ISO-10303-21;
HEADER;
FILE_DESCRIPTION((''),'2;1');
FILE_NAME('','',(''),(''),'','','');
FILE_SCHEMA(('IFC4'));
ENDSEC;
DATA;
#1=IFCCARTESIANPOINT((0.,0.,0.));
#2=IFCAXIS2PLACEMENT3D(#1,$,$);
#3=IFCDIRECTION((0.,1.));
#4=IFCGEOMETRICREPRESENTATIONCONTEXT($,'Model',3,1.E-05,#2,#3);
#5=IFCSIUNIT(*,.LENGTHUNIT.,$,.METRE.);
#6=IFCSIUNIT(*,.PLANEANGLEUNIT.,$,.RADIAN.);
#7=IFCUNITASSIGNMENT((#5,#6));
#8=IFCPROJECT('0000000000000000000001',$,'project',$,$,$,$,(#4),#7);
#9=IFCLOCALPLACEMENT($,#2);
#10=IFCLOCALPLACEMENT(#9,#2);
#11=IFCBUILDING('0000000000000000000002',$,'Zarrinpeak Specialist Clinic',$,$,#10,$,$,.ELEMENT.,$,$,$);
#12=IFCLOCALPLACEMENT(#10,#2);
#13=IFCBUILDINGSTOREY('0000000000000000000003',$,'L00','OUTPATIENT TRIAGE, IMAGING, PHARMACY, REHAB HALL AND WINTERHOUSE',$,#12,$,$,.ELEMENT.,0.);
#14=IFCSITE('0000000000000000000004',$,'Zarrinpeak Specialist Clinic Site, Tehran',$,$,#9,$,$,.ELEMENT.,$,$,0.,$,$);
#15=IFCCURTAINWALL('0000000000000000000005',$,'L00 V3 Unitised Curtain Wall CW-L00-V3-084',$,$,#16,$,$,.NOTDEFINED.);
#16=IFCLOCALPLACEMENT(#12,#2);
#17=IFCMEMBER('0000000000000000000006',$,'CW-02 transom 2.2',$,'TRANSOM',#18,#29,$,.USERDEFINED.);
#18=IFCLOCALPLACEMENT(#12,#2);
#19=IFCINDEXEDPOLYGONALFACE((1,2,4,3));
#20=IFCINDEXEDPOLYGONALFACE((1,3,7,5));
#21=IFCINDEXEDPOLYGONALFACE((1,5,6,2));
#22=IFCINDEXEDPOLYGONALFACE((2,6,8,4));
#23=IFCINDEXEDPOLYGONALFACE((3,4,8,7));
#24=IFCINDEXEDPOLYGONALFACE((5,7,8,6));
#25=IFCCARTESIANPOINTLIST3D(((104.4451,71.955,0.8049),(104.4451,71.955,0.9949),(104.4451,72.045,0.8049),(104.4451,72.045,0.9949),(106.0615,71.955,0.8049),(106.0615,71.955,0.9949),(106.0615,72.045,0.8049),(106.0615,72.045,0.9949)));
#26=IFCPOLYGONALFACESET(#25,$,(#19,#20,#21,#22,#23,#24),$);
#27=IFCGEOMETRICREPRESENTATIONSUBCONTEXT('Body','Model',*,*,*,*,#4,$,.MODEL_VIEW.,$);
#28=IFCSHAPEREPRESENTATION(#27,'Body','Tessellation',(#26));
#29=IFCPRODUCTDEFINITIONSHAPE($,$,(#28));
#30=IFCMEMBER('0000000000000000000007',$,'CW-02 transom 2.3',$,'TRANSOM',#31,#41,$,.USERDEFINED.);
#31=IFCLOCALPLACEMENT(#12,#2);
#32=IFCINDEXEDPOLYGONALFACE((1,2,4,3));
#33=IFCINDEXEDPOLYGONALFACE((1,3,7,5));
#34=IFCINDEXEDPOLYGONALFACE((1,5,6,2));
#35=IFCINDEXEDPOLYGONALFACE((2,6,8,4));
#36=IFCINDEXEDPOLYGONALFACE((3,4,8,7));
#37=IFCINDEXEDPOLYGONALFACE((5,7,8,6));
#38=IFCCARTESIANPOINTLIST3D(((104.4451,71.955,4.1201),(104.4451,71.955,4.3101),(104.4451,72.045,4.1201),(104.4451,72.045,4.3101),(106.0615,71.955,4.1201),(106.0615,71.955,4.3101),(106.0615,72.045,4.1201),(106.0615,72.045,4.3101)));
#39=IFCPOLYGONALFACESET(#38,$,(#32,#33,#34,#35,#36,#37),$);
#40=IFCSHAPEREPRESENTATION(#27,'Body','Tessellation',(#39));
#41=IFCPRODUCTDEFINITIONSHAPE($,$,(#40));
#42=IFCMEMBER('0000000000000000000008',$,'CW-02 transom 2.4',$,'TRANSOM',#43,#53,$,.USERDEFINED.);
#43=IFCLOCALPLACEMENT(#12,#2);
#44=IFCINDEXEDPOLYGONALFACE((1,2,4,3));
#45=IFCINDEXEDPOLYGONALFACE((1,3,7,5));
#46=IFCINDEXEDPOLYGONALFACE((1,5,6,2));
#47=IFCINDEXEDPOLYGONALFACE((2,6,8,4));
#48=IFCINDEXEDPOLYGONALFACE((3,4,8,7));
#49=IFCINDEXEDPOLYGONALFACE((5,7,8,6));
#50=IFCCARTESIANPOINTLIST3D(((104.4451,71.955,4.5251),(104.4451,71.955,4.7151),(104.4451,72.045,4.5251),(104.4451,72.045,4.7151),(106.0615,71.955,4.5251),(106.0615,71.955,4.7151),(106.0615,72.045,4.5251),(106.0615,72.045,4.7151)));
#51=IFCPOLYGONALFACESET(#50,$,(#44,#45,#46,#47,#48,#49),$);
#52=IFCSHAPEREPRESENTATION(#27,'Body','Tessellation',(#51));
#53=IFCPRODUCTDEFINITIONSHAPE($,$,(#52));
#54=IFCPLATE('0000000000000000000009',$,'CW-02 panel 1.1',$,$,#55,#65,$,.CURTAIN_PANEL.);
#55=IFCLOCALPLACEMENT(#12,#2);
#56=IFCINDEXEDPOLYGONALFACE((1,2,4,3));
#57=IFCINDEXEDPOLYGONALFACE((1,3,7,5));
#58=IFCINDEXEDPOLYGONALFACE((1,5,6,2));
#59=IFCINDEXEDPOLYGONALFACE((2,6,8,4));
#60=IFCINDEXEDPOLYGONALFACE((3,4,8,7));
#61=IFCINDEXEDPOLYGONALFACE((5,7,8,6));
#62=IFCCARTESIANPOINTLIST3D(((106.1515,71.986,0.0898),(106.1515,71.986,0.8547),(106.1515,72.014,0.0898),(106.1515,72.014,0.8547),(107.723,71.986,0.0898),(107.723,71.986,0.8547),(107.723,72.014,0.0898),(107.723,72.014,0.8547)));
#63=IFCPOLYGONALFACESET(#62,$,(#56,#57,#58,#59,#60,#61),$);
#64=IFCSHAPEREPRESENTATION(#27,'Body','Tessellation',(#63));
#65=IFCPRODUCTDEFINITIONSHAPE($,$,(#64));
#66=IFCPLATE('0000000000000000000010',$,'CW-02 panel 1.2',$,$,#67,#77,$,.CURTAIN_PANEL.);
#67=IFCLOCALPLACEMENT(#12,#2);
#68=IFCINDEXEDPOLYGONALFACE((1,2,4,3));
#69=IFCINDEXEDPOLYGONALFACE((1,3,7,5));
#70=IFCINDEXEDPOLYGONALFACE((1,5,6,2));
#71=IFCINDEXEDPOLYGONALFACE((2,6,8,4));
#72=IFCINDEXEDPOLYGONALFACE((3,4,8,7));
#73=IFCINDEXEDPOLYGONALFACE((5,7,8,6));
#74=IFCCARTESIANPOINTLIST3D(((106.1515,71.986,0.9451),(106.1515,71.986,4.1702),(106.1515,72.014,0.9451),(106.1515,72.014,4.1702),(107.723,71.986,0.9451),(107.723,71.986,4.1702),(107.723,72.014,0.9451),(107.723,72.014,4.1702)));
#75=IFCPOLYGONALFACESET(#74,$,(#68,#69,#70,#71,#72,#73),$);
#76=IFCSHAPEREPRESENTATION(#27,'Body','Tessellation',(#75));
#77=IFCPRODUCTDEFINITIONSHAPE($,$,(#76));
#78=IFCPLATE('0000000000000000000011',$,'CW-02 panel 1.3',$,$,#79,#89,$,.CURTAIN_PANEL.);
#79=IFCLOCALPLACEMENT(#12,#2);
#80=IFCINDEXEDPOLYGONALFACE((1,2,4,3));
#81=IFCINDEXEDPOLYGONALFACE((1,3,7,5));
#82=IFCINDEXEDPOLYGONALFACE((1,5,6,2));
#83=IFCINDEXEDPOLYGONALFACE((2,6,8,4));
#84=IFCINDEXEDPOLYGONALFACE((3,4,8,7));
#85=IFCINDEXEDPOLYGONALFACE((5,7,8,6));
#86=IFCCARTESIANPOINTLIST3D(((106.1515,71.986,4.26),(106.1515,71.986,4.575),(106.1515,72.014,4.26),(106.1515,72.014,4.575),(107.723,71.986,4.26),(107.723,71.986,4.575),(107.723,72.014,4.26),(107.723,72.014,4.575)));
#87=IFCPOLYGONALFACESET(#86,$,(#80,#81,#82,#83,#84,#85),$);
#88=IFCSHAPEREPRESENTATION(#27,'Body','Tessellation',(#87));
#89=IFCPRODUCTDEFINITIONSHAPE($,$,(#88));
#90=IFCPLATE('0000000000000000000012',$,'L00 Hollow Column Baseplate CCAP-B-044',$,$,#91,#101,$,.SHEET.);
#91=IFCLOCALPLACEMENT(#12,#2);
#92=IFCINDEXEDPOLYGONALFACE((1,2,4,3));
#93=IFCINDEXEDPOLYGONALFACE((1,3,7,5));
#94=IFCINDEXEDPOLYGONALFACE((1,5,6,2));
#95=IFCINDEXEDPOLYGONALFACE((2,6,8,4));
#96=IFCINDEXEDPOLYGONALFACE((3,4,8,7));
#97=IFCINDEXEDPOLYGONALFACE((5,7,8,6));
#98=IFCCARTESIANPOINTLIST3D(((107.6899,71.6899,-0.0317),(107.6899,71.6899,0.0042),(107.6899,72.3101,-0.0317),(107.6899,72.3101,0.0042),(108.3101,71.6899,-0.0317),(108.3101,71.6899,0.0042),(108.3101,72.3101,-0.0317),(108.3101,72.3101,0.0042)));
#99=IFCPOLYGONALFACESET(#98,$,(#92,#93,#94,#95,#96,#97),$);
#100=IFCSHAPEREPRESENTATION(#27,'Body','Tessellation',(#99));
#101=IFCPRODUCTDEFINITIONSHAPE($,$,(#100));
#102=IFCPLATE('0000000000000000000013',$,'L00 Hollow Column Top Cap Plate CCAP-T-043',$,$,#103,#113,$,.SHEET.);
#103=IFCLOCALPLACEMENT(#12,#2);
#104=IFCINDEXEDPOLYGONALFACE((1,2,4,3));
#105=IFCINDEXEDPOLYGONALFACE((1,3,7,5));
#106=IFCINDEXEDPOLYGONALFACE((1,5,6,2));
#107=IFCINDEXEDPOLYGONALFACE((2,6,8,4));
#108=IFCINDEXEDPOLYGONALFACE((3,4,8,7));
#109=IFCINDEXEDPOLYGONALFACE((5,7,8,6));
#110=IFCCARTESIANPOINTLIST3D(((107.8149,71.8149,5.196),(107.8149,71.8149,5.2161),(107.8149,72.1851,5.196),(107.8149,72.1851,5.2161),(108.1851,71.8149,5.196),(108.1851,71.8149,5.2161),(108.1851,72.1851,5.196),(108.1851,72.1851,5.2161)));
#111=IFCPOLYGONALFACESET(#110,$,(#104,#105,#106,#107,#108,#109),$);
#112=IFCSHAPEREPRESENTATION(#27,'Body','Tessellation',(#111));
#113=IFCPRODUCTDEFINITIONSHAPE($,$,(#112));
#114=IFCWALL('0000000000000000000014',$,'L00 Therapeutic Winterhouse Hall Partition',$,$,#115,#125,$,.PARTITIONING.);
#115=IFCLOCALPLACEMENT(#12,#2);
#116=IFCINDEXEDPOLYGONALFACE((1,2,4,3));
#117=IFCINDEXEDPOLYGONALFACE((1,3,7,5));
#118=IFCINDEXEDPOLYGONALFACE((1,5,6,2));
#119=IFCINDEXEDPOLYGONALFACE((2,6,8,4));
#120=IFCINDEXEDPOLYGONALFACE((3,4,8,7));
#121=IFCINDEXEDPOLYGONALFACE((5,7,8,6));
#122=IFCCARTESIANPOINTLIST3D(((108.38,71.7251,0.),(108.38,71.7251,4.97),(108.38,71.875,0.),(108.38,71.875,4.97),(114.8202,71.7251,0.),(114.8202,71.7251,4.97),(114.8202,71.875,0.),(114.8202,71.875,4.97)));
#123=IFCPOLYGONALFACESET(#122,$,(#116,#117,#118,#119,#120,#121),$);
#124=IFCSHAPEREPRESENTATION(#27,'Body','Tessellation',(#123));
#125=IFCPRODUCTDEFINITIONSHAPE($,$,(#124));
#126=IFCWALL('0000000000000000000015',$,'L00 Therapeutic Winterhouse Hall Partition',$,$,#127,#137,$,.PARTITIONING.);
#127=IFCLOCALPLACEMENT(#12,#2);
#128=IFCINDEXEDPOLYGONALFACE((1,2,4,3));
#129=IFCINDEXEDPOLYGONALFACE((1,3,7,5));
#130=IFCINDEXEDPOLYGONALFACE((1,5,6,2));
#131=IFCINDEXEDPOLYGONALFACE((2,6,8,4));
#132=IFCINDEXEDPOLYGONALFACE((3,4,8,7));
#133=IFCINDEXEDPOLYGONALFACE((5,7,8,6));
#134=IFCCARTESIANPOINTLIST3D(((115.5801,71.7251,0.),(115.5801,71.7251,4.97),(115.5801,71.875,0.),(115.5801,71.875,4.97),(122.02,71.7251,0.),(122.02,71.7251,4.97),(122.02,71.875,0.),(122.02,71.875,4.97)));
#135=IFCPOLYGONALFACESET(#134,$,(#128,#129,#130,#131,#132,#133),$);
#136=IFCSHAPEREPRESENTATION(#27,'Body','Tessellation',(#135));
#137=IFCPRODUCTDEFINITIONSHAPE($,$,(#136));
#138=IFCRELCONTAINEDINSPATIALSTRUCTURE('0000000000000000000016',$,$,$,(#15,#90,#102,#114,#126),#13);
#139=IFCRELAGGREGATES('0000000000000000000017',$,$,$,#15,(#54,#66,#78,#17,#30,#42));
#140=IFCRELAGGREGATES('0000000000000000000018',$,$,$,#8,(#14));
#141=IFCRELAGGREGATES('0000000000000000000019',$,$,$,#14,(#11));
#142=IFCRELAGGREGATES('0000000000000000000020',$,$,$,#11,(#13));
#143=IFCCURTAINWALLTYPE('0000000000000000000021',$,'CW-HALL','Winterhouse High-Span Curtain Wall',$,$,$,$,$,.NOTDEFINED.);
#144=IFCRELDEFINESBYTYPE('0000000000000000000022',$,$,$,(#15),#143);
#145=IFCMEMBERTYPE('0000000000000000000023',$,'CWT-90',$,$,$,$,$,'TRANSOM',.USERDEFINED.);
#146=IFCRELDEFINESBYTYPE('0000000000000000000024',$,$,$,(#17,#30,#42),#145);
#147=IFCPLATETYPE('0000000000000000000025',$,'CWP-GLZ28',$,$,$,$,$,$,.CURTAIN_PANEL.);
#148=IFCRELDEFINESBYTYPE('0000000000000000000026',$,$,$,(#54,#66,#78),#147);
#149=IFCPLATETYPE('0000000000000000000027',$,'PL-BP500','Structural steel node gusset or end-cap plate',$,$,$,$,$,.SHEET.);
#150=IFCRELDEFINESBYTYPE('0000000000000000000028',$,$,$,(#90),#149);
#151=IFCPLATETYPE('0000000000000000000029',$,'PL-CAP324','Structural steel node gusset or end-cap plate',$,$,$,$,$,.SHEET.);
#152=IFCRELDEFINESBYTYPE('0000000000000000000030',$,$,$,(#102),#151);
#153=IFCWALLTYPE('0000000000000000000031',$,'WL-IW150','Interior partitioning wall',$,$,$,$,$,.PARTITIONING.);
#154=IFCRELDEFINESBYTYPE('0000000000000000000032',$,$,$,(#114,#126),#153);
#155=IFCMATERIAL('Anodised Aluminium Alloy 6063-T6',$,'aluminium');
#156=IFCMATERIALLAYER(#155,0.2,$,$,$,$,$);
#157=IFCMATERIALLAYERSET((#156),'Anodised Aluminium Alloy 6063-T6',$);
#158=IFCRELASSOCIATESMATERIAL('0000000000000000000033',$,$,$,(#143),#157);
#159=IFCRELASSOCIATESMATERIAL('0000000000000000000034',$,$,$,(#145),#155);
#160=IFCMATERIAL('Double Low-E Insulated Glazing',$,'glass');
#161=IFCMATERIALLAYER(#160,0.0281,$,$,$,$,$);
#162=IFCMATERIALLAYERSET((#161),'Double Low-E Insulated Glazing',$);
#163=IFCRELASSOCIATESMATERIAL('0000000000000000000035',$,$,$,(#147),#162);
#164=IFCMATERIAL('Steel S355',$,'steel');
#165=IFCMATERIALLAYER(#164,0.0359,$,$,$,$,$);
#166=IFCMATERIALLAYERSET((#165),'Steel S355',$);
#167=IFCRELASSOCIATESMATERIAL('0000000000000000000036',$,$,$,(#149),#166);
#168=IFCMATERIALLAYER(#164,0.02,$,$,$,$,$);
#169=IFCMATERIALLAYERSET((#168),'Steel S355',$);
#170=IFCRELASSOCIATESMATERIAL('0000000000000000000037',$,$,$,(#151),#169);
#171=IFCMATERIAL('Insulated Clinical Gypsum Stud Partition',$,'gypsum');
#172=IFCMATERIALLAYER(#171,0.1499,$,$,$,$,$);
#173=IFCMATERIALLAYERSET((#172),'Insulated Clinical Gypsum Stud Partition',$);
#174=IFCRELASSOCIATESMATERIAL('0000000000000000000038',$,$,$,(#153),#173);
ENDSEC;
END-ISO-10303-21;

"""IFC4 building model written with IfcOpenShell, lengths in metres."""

from ifc_helpers import new_model, si_unit, direction, frame, frame_2d, origin, origin_2d, place, context, subcontext, project, spatial, rectangle, extrude, material, layer, layer_set, material_profile, profile_set, type_object, element, aggregate, save


model = new_model("IFC4")

# Units and contexts
model_context = context("Model", 3, precision=1e-05, world=origin(), true_north=direction((0.0, 1.0)))
body_context = subcontext(model_context, "Body", "Model", "MODEL_VIEW")
ifc_project = project(units=[si_unit("LENGTHUNIT", "METRE"), si_unit("PLANEANGLEUNIT", "RADIAN")], contexts=[model_context])

# Site, building, storey
site_placement = place(None, origin())
site = spatial("IfcSite", under=ifc_project, at=site_placement, Name="Zarrinpeak Specialist Clinic Site, Tehran", CompositionType="ELEMENT", RefElevation=0.0)
building_placement = place(site_placement, origin())
building = spatial("IfcBuilding", under=site, at=building_placement, Name="Zarrinpeak Specialist Clinic", CompositionType="ELEMENT")
storey_placement = place(building_placement, origin())
storey = spatial("IfcBuildingStorey", under=building, at=storey_placement, Name="L00", Description="OUTPATIENT TRIAGE, IMAGING, PHARMACY, REHAB HALL AND WINTERHOUSE", CompositionType="ELEMENT", Elevation=0.0)

# Shared definitions
ifc_material_1 = material(Name="Steel S355", Category="steel")

# Curtain wall
ifc_material_2 = material(Name="Anodised Aluminium Alloy 6063-T6", Category="aluminium")
ifc_layer_1 = layer(ifc_material_2, 0.2)
ifc_layer_set_1 = layer_set([ifc_layer_1], Name="Anodised Aluminium Alloy 6063-T6")
curtain_wall_type = type_object("IfcCurtainWallType", Name="CW-HALL", Description="Winterhouse High-Span Curtain Wall", PredefinedType="NOTDEFINED", material=ifc_layer_set_1)
curtain_wall_1_placement = place(storey_placement, origin())
curtain_wall_1 = element("IfcCurtainWall", 1, at=curtain_wall_1_placement, inside=storey, type_object=curtain_wall_type, Name="L00 V3 Unitised Curtain Wall CW-L00-V3-084", PredefinedType="NOTDEFINED")

# Members
ifc_material_profile_1 = material_profile(ifc_material_2, rectangle(XDim=0.0901, YDim=0.1899, at=origin_2d()), Name="ALU 90x190")
ifc_profile_set_1 = profile_set([ifc_material_profile_1], Name="Anodised Aluminium Alloy 6063-T6")
member_type_1 = type_object("IfcMemberType", Name="CWT-90", ElementType="TRANSOM", PredefinedType="USERDEFINED", material=ifc_profile_set_1)
member_1_placement = place(storey_placement, frame((106.0615, 72.0, 0.8999), z_axis=(-1.0, 0.0, 0.0), x_axis=(0.0, -1.0, 0.0)))
member_1 = element("IfcMember", 2, at=member_1_placement, type_object=member_type_1, Name="CW-02 transom 2.2", ObjectType="TRANSOM", PredefinedType="USERDEFINED", context=body_context, shape_type="SweptSolid", body=[
    extrude(rectangle(XDim=0.0901, YDim=0.1899, at=origin_2d()), origin(), (0.0, 0.0, 1.0), 1.6165),
])
member_2_placement = place(storey_placement, frame((106.0615, 72.0, 4.2151), z_axis=(-1.0, 0.0, 0.0), x_axis=(0.0, -1.0, 0.0)))
member_2 = element("IfcMember", 3, at=member_2_placement, type_object=member_type_1, Name="CW-02 transom 2.3", ObjectType="TRANSOM", PredefinedType="USERDEFINED", context=body_context, shape_type="SweptSolid", body=[
    extrude(rectangle(XDim=0.0901, YDim=0.1899, at=origin_2d()), origin(), (0.0, 0.0, 1.0), 1.6165),
])
member_3_placement = place(storey_placement, frame((106.0615, 72.0, 4.6201), z_axis=(-1.0, 0.0, 0.0), x_axis=(0.0, -1.0, 0.0)))
member_3 = element("IfcMember", 4, at=member_3_placement, type_object=member_type_1, Name="CW-02 transom 2.4", ObjectType="TRANSOM", PredefinedType="USERDEFINED", context=body_context, shape_type="SweptSolid", body=[
    extrude(rectangle(XDim=0.0901, YDim=0.1899, at=origin_2d()), origin(), (0.0, 0.0, 1.0), 1.6165),
])

# Plates
ifc_material_3 = material(Name="Double Low-E Insulated Glazing", Category="glass")
ifc_layer_2 = layer(ifc_material_3, 0.0281)
ifc_layer_set_2 = layer_set([ifc_layer_2], Name="Double Low-E Insulated Glazing")
plate_type_1 = type_object("IfcPlateType", Name="CWP-GLZ28", PredefinedType="CURTAIN_PANEL", material=ifc_layer_set_2)
plate_1_placement = place(storey_placement, frame((106.9373, 72.0, 0.0898), z_axis=(0.0, 0.0, 1.0), x_axis=(-1.0, 0.0, 0.0)))
plate_1 = element("IfcPlate", 5, at=plate_1_placement, type_object=plate_type_1, Name="CW-02 panel 1.1", PredefinedType="CURTAIN_PANEL", context=body_context, shape_type="SweptSolid", body=[
    extrude(rectangle(XDim=1.5715, YDim=0.0281, at=origin_2d()), origin(), (0.0, 0.0, 1.0), 0.7649),
])
plate_2_placement = place(storey_placement, frame((106.9373, 72.0, 0.9451), z_axis=(0.0, 0.0, 1.0), x_axis=(-1.0, 0.0, 0.0)))
plate_2 = element("IfcPlate", 6, at=plate_2_placement, type_object=plate_type_1, Name="CW-02 panel 1.2", PredefinedType="CURTAIN_PANEL", context=body_context, shape_type="SweptSolid", body=[
    extrude(rectangle(XDim=1.5715, YDim=0.0281, at=origin_2d()), origin(), (0.0, 0.0, 1.0), 3.2251),
])
plate_3_placement = place(storey_placement, frame((106.9373, 72.0, 4.26), z_axis=(0.0, 0.0, 1.0), x_axis=(-1.0, 0.0, 0.0)))
plate_3 = element("IfcPlate", 7, at=plate_3_placement, type_object=plate_type_1, Name="CW-02 panel 1.3", PredefinedType="CURTAIN_PANEL", context=body_context, shape_type="SweptSolid", body=[
    extrude(rectangle(XDim=1.5715, YDim=0.0281, at=origin_2d()), origin(), (0.0, 0.0, 1.0), 0.3149),
])
aggregate(curtain_wall_1, [plate_1, plate_2, plate_3, member_1, member_2, member_3])

# Plates
ifc_layer_3 = layer(ifc_material_1, 0.0359)
ifc_layer_set_3 = layer_set([ifc_layer_3], Name="Steel S355")
plate_type_2 = type_object("IfcPlateType", Name="PL-BP500", Description="Structural steel node gusset or end-cap plate", PredefinedType="SHEET", material=ifc_layer_set_3)
plate_4_placement = place(storey_placement, frame((108.0, 72.0, -0.0317), z_axis=(0.0, 0.0, 1.0), x_axis=(1.0, 0.0, 0.0)))
element("IfcPlate", 8, at=plate_4_placement, inside=storey, type_object=plate_type_2, Name="L00 Hollow Column Baseplate CCAP-B-044", PredefinedType="SHEET", context=body_context, shape_type="SweptSolid", body=[
    extrude(rectangle(XDim=0.6201, YDim=0.6201, at=origin_2d()), origin(), (0.0, 0.0, 1.0), 0.0359),
])
ifc_layer_4 = layer(ifc_material_1, 0.02)
ifc_layer_set_4 = layer_set([ifc_layer_4], Name="Steel S355")
plate_type_3 = type_object("IfcPlateType", Name="PL-CAP324", Description="Structural steel node gusset or end-cap plate", PredefinedType="SHEET", material=ifc_layer_set_4)
plate_5_placement = place(storey_placement, frame((108.0, 72.0, 5.196), z_axis=(0.0, 0.0, 1.0), x_axis=(1.0, 0.0, 0.0)))
element("IfcPlate", 9, at=plate_5_placement, inside=storey, type_object=plate_type_3, Name="L00 Hollow Column Top Cap Plate CCAP-T-043", PredefinedType="SHEET", context=body_context, shape_type="SweptSolid", body=[
    extrude(rectangle(XDim=0.3701, YDim=0.3701, at=origin_2d()), origin(), (0.0, 0.0, 1.0), 0.02),
])

# Walls
ifc_material_4 = material(Name="Insulated Clinical Gypsum Stud Partition", Category="gypsum")
ifc_layer_5 = layer(ifc_material_4, 0.1499)
ifc_layer_set_5 = layer_set([ifc_layer_5], Name="Insulated Clinical Gypsum Stud Partition")
wall_type = type_object("IfcWallType", Name="WL-IW150", Description="Interior partitioning wall", PredefinedType="PARTITIONING", material=ifc_layer_set_5)
wall_1_placement = place(storey_placement, frame((108.3799, 71.8, 0.0), z_axis=(0.0, 0.0, 1.0), x_axis=(1.0, 0.0, 0.0)))
element("IfcWall", 10, at=wall_1_placement, inside=storey, type_object=wall_type, Name="L00 Therapeutic Winterhouse Hall Partition", PredefinedType="PARTITIONING", context=body_context, shape_type="SweptSolid", body=[
    extrude(rectangle(XDim=6.4402, YDim=0.1499, at=frame_2d((3.2202, 0.0))), origin(), (0.0, 0.0, 1.0), 4.97),
])
wall_2_placement = place(storey_placement, frame((115.5801, 71.8, 0.0), z_axis=(0.0, 0.0, 1.0), x_axis=(1.0, 0.0, 0.0)))
element("IfcWall", 11, at=wall_2_placement, inside=storey, type_object=wall_type, Name="L00 Therapeutic Winterhouse Hall Partition", PredefinedType="PARTITIONING", context=body_context, shape_type="SweptSolid", body=[
    extrude(rectangle(XDim=6.4399, YDim=0.1499, at=frame_2d((3.22, 0.0))), origin(), (0.0, 0.0, 1.0), 4.97),
])

save(model, "model.ifc")
